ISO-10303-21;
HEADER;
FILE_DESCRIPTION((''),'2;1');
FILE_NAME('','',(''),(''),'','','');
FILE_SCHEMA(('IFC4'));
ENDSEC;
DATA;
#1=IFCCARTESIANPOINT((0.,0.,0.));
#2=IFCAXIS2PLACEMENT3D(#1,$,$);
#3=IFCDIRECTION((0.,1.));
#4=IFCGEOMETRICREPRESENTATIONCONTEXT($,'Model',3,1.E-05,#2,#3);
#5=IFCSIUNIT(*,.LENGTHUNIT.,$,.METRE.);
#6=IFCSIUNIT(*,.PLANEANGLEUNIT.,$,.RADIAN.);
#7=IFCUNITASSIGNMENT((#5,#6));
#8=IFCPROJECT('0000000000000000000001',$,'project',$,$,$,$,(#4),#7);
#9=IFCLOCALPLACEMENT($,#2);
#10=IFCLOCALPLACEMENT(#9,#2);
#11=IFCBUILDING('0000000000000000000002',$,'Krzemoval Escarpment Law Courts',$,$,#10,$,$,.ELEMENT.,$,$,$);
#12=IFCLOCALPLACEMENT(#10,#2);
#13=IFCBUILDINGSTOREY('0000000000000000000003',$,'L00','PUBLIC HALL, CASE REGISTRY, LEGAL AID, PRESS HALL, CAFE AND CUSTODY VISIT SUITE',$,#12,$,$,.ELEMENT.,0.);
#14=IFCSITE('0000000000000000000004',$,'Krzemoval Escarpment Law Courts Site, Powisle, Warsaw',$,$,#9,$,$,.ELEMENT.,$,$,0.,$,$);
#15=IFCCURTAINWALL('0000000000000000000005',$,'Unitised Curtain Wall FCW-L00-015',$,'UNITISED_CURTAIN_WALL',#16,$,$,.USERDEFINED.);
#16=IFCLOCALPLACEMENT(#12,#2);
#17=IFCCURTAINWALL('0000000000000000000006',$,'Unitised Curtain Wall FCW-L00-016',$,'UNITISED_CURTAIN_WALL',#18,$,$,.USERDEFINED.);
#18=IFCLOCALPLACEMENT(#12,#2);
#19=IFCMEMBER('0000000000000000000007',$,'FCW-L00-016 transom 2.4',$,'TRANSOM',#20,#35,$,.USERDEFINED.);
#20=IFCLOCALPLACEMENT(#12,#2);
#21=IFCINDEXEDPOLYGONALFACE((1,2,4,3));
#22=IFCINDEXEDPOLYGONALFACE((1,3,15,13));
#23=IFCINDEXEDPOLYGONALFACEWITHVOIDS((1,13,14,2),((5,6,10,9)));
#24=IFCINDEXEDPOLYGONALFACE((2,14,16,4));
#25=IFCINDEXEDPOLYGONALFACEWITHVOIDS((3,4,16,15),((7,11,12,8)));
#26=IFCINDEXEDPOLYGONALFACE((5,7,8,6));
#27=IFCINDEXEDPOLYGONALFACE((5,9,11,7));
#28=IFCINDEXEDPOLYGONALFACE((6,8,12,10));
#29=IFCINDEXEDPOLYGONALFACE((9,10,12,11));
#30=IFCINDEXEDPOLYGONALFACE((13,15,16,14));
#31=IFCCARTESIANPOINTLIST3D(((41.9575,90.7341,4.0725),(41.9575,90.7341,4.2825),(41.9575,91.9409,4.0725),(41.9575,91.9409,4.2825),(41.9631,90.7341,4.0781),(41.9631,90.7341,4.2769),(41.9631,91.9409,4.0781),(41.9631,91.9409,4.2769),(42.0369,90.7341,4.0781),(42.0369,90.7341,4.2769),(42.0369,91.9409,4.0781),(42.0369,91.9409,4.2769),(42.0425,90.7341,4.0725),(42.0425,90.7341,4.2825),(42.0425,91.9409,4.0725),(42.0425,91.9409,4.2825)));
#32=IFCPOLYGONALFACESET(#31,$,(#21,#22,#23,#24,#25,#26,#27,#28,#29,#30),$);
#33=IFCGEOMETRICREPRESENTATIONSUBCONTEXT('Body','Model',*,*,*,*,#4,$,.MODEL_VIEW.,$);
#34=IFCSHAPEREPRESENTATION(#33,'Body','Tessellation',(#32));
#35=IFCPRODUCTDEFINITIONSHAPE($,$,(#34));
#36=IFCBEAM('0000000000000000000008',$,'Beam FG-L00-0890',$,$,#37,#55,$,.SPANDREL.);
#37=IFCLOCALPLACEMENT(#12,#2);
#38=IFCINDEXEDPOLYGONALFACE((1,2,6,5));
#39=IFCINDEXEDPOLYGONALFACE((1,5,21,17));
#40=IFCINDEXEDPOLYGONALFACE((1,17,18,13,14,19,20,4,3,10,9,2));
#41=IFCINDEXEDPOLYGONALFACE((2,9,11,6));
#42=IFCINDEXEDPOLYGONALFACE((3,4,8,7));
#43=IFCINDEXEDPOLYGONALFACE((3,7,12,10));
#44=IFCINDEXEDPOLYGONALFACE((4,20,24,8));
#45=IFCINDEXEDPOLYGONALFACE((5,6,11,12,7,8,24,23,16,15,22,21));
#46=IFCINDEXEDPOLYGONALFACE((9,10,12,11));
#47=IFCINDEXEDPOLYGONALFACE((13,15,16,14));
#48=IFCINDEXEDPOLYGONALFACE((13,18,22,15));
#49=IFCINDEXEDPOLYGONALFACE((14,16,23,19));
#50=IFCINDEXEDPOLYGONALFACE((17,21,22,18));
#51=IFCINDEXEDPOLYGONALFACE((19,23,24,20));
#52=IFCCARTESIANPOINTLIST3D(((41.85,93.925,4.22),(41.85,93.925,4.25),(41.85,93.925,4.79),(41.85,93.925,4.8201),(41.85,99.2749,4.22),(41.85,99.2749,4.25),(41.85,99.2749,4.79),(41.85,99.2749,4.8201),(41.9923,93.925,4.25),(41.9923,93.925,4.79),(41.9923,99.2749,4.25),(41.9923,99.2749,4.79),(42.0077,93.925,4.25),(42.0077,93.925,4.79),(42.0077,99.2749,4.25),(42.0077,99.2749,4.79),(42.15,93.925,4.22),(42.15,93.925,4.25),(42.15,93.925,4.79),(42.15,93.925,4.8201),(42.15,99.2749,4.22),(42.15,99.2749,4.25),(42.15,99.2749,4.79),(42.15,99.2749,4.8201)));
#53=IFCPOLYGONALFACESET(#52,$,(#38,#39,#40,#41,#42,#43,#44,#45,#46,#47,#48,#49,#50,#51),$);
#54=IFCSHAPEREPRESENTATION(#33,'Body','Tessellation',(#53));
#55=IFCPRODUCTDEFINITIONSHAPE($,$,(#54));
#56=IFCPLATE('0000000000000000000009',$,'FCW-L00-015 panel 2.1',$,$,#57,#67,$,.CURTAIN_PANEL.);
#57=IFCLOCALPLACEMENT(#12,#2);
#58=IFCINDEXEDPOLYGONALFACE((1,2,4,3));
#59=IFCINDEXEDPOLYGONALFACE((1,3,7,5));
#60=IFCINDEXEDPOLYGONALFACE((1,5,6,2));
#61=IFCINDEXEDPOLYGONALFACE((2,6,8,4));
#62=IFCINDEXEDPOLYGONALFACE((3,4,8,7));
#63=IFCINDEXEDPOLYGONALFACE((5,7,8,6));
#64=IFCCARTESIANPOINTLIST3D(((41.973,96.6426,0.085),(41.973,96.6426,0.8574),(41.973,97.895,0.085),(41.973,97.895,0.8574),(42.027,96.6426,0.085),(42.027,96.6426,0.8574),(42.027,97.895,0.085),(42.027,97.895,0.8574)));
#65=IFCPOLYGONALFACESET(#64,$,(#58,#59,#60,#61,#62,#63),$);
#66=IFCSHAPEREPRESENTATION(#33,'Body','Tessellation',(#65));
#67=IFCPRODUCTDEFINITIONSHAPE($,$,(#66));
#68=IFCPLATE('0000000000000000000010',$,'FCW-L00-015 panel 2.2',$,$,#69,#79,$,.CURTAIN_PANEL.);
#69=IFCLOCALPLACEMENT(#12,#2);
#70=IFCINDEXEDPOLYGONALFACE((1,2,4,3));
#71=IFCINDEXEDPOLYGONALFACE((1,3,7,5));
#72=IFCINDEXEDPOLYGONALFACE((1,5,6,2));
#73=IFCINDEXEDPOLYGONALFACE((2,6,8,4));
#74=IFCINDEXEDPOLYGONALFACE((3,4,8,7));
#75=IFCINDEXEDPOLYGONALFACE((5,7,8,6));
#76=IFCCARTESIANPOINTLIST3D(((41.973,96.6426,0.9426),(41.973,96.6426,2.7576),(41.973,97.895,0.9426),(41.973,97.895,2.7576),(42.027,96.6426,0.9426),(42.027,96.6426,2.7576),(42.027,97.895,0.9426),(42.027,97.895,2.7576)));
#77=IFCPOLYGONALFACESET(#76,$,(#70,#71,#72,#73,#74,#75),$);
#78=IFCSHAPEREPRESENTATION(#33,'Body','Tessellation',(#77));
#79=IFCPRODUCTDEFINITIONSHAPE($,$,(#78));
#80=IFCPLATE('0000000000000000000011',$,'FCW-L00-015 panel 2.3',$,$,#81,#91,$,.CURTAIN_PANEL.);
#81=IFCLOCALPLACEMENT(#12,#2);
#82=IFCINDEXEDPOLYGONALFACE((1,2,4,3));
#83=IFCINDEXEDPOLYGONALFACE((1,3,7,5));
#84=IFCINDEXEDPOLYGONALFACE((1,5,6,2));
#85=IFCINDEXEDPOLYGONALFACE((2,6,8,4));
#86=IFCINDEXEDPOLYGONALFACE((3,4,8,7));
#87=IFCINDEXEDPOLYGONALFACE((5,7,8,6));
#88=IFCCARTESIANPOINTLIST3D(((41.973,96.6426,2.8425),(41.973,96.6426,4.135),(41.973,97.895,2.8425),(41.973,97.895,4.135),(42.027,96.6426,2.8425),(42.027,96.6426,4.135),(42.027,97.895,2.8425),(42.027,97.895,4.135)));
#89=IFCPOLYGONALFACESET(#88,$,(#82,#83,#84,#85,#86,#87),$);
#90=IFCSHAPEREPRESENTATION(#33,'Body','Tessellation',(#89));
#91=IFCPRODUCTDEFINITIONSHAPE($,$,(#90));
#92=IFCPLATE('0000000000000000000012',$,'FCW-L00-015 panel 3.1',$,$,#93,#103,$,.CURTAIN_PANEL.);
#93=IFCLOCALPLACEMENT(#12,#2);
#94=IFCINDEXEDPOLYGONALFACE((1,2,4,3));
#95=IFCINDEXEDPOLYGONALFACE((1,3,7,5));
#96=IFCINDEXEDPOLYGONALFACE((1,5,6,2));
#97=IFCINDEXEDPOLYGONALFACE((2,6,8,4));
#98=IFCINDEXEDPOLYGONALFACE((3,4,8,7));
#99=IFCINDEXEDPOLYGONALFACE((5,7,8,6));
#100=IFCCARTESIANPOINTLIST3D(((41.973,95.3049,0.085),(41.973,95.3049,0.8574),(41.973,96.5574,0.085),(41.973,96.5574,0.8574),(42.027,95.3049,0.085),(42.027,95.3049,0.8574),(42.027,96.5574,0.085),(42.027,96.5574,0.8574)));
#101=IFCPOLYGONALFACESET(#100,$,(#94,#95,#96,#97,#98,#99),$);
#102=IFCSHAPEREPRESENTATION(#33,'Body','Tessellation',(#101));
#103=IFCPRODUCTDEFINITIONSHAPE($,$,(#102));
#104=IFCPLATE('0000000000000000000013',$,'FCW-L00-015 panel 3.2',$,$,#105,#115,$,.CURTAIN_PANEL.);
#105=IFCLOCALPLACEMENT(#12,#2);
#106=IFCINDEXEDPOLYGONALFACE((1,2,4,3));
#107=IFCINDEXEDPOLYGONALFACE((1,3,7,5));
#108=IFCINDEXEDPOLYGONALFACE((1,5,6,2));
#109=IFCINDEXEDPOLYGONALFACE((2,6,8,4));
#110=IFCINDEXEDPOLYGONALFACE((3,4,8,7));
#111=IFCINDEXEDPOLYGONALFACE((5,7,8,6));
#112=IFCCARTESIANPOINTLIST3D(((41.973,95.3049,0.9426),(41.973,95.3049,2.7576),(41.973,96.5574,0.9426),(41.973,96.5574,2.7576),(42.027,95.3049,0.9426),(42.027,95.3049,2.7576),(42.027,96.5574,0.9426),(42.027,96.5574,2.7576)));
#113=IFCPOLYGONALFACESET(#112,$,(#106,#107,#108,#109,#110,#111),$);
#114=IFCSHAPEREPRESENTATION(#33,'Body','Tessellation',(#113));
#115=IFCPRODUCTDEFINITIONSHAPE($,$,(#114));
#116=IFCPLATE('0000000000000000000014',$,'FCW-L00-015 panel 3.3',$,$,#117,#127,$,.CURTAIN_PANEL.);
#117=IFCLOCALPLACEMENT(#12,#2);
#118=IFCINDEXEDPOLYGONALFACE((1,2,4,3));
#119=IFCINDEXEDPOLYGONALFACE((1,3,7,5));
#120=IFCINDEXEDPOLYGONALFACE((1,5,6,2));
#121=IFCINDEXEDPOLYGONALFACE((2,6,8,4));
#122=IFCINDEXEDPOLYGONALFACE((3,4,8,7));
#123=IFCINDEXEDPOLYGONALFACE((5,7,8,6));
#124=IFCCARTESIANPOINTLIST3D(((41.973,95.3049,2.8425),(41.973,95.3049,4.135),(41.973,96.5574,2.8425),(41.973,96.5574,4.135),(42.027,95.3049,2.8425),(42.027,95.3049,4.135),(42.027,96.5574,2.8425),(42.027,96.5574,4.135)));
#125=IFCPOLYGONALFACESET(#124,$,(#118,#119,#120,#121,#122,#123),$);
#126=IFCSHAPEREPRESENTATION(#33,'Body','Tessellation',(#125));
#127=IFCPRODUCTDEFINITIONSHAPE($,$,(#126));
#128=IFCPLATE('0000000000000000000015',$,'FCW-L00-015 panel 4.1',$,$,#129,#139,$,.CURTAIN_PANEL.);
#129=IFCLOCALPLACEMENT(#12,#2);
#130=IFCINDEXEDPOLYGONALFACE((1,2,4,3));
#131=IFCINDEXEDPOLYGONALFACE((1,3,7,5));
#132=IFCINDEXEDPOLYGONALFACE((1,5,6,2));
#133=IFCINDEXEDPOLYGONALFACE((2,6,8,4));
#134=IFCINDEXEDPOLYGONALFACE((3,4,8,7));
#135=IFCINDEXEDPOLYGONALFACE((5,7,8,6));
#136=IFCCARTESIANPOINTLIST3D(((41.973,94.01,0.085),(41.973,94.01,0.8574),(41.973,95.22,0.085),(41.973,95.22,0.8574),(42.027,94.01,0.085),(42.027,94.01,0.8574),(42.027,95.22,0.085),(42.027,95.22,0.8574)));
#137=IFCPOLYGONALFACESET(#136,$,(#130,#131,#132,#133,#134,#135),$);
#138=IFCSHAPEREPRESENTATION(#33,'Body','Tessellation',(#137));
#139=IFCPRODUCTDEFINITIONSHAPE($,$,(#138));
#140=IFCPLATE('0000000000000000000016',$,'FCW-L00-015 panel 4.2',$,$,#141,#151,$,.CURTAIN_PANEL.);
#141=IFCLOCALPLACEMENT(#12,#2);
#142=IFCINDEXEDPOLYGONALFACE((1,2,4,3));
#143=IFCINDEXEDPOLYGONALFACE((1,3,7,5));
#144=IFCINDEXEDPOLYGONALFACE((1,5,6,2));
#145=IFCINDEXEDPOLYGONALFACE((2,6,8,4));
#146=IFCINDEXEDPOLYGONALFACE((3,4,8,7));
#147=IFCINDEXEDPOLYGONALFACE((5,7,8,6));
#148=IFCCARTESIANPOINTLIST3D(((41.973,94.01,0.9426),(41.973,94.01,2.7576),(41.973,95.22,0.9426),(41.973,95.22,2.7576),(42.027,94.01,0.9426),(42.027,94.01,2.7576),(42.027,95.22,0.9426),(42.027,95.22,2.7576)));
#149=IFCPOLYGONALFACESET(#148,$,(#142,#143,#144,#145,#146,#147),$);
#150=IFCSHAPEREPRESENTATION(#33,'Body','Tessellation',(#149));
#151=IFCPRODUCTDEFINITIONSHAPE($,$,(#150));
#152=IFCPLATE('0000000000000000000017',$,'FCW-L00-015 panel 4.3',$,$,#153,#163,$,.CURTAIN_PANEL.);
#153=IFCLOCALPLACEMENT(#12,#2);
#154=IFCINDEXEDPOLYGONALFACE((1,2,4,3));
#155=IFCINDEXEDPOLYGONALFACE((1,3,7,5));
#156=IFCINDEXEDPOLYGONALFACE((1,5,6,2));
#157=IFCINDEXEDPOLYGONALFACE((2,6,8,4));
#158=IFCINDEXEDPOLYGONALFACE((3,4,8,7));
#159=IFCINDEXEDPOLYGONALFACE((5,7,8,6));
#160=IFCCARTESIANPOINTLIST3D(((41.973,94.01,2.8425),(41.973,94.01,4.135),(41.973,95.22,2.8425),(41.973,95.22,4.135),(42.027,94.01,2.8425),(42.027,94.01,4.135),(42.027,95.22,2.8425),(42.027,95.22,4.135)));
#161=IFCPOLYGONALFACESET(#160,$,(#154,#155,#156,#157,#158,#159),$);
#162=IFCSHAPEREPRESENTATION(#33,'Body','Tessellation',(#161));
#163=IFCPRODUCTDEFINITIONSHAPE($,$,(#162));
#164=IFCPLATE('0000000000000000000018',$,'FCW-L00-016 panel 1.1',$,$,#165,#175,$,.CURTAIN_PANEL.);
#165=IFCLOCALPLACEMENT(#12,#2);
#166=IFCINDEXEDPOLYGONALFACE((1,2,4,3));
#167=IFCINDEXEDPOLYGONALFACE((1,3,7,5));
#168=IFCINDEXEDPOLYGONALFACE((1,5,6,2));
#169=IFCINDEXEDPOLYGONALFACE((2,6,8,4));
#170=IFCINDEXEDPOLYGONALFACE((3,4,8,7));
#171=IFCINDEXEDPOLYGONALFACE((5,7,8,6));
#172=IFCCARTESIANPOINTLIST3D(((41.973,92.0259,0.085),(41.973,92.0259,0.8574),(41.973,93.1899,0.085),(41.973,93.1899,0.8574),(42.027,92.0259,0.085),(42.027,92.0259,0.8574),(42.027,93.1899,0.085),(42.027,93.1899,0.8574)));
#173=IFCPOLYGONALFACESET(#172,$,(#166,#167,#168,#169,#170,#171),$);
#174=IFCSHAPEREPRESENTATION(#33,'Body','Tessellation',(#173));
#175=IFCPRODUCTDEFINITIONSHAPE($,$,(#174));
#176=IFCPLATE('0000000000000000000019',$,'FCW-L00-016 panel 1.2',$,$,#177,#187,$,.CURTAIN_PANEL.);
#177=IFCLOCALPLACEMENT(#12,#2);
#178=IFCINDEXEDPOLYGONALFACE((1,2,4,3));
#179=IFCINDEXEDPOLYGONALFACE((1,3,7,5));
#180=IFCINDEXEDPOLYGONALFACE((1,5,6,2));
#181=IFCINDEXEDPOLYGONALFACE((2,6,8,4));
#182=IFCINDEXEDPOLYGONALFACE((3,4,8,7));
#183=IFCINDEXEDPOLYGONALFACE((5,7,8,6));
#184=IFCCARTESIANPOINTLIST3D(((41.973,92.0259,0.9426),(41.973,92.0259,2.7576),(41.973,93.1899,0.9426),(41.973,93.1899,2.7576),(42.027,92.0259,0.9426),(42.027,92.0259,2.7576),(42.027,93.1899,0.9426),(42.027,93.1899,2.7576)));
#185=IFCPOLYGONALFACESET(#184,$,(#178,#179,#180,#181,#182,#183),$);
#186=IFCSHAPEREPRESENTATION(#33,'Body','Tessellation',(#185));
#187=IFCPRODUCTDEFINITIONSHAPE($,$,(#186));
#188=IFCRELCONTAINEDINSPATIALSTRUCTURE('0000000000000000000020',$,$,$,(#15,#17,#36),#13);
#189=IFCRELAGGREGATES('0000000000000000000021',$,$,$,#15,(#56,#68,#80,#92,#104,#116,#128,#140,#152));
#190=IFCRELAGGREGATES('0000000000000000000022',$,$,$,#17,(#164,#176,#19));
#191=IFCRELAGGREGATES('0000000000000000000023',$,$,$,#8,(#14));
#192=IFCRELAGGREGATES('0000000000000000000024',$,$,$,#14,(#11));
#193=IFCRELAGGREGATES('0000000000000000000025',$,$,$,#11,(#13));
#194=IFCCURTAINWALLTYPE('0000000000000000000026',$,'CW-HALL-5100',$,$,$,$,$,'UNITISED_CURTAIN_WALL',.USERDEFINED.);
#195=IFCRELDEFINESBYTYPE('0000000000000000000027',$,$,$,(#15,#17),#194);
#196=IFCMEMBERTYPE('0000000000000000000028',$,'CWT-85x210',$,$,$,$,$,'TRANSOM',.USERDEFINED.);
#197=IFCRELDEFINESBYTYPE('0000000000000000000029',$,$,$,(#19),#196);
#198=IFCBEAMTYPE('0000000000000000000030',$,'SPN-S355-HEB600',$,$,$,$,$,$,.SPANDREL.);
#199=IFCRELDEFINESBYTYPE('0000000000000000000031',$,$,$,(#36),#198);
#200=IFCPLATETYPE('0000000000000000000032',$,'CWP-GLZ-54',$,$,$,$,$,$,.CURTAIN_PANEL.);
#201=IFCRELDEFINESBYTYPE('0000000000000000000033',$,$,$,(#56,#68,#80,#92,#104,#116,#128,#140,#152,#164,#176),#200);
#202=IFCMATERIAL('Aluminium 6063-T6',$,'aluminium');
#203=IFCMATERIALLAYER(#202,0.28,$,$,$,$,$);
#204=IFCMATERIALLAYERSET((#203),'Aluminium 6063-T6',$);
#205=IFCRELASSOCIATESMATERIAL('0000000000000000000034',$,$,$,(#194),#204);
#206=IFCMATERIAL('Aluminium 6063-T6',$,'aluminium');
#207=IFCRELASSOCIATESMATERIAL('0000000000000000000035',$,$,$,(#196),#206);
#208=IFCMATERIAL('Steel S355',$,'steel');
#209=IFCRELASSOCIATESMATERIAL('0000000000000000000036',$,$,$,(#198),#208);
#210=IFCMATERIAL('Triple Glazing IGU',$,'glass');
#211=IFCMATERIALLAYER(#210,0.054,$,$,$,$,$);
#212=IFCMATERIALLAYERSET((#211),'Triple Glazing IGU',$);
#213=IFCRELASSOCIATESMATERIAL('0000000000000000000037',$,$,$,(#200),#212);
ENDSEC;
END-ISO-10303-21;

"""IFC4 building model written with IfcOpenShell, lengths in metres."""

from ifc_helpers import new_model, si_unit, direction, frame, origin, origin_2d, place, context, subcontext, project, spatial, rectangle, hollow_rectangle, i_section, extrude, material, layer, layer_set, material_profile, profile_set, type_object, element, aggregate, save


model = new_model("IFC4")

# Units and contexts
model_context = context("Model", 3, precision=1e-05, world=origin(), true_north=direction((0.0, 1.0)))
body_context = subcontext(model_context, "Body", "Model", "MODEL_VIEW")
ifc_project = project(units=[si_unit("LENGTHUNIT", "METRE"), si_unit("PLANEANGLEUNIT", "RADIAN")], contexts=[model_context])

# Site, building, storey
site_placement = place(None, origin())
site = spatial("IfcSite", under=ifc_project, at=site_placement, Name="Krzemoval Escarpment Law Courts Site, Powisle, Warsaw", CompositionType="ELEMENT", RefElevation=0.0)
building_placement = place(site_placement, origin())
building = spatial("IfcBuilding", under=site, at=building_placement, Name="Krzemoval Escarpment Law Courts", CompositionType="ELEMENT")
storey_placement = place(building_placement, origin())
storey = spatial("IfcBuildingStorey", under=building, at=storey_placement, Name="L00", Description="PUBLIC HALL, CASE REGISTRY, LEGAL AID, PRESS HALL, CAFE AND CUSTODY VISIT SUITE", CompositionType="ELEMENT", Elevation=0.0)

# Curtain walls
ifc_material_1 = material(Name="Aluminium 6063-T6", Category="aluminium")
ifc_layer_1 = layer(ifc_material_1, 0.28)
ifc_layer_set_1 = layer_set([ifc_layer_1], Name="Aluminium 6063-T6")
curtain_wall_type = type_object("IfcCurtainWallType", Name="CW-HALL-5100", ElementType="UNITISED_CURTAIN_WALL", PredefinedType="USERDEFINED", material=ifc_layer_set_1)
curtain_wall_1_placement = place(storey_placement, origin())
curtain_wall_1 = element("IfcCurtainWall", 1, at=curtain_wall_1_placement, inside=storey, type_object=curtain_wall_type, Name="Unitised Curtain Wall FCW-L00-015", ObjectType="UNITISED_CURTAIN_WALL", PredefinedType="USERDEFINED")
curtain_wall_2_placement = place(storey_placement, origin())
curtain_wall_2 = element("IfcCurtainWall", 2, at=curtain_wall_2_placement, inside=storey, type_object=curtain_wall_type, Name="Unitised Curtain Wall FCW-L00-016", ObjectType="UNITISED_CURTAIN_WALL", PredefinedType="USERDEFINED")

# Member
ifc_material_2 = material(Name="Aluminium 6063-T6", Category="aluminium")
ifc_material_profile_1 = material_profile(ifc_material_2, hollow_rectangle(XDim=0.085, YDim=0.21, WallThickness=0.0056, at=origin_2d()), Name="ALU T85x210")
ifc_profile_set_1 = profile_set([ifc_material_profile_1], Name="Aluminium 6063-T6")
member_type_1 = type_object("IfcMemberType", Name="CWT-85x210", ElementType="TRANSOM", PredefinedType="USERDEFINED", material=ifc_profile_set_1)
member_1_placement = place(storey_placement, frame((42.0, 91.9409, 4.1775), z_axis=(0.0, -1.0, 0.0), x_axis=(1.0, 0.0, 0.0)))
member_1 = element("IfcMember", 3, at=member_1_placement, type_object=member_type_1, Name="FCW-L00-016 transom 2.4", ObjectType="TRANSOM", PredefinedType="USERDEFINED", context=body_context, shape_type="SweptSolid", body=[
    extrude(hollow_rectangle(XDim=0.085, YDim=0.21, WallThickness=0.0056, at=origin_2d()), origin(), (0.0, 0.0, 1.0), 1.2068),
])

# Beam
ifc_material_3 = material(Name="Steel S355", Category="steel")
ifc_material_profile_2 = material_profile(ifc_material_3, i_section(OverallWidth=0.3, OverallDepth=0.6001, WebThickness=0.0154, FlangeThickness=0.03, at=origin_2d()), Name="HEB 600")
ifc_profile_set_2 = profile_set([ifc_material_profile_2], Name="Steel S355")
beam_type = type_object("IfcBeamType", Name="SPN-S355-HEB600", PredefinedType="SPANDREL", material=ifc_profile_set_2)
beam_placement = place(storey_placement, frame((42.0, 93.925, 4.52), z_axis=(0.0, 1.0, 0.0), x_axis=(-1.0, 0.0, 0.0)))
element("IfcBeam", 4, at=beam_placement, inside=storey, type_object=beam_type, Name="Beam FG-L00-0890", PredefinedType="SPANDREL", context=body_context, shape_type="SweptSolid", body=[
    extrude(i_section(OverallWidth=0.3, OverallDepth=0.6001, WebThickness=0.0154, FlangeThickness=0.03, at=origin_2d()), origin(), (0.0, 0.0, 1.0), 5.3499),
])

# Plates
ifc_material_4 = material(Name="Triple Glazing IGU", Category="glass")
ifc_layer_2 = layer(ifc_material_4, 0.054)
ifc_layer_set_2 = layer_set([ifc_layer_2], Name="Triple Glazing IGU")
plate_type = type_object("IfcPlateType", Name="CWP-GLZ-54", PredefinedType="CURTAIN_PANEL", material=ifc_layer_set_2)
plate_1_placement = place(storey_placement, frame((42.0, 97.2688, 0.085), z_axis=(0.0, 0.0, 1.0), x_axis=(0.0, -1.0, 0.0)))
plate_1 = element("IfcPlate", 5, at=plate_1_placement, type_object=plate_type, Name="FCW-L00-015 panel 2.1", PredefinedType="CURTAIN_PANEL", context=body_context, shape_type="SweptSolid", body=[
    extrude(rectangle(XDim=1.2524, YDim=0.054, at=origin_2d()), origin(), (0.0, 0.0, 1.0), 0.7725),
])
plate_2_placement = place(storey_placement, frame((42.0, 97.2688, 0.9426), z_axis=(0.0, 0.0, 1.0), x_axis=(0.0, -1.0, 0.0)))
plate_2 = element("IfcPlate", 6, at=plate_2_placement, type_object=plate_type, Name="FCW-L00-015 panel 2.2", PredefinedType="CURTAIN_PANEL", context=body_context, shape_type="SweptSolid", body=[
    extrude(rectangle(XDim=1.2524, YDim=0.054, at=origin_2d()), origin(), (0.0, 0.0, 1.0), 1.8149),
])
plate_3_placement = place(storey_placement, frame((42.0, 97.2688, 2.8425), z_axis=(0.0, 0.0, 1.0), x_axis=(0.0, -1.0, 0.0)))
plate_3 = element("IfcPlate", 7, at=plate_3_placement, type_object=plate_type, Name="FCW-L00-015 panel 2.3", PredefinedType="CURTAIN_PANEL", context=body_context, shape_type="SweptSolid", body=[
    extrude(rectangle(XDim=1.2524, YDim=0.054, at=origin_2d()), origin(), (0.0, 0.0, 1.0), 1.2925),
])
plate_4_placement = place(storey_placement, frame((42.0, 95.9312, 0.085), z_axis=(0.0, 0.0, 1.0), x_axis=(0.0, -1.0, 0.0)))
plate_4 = element("IfcPlate", 8, at=plate_4_placement, type_object=plate_type, Name="FCW-L00-015 panel 3.1", PredefinedType="CURTAIN_PANEL", context=body_context, shape_type="SweptSolid", body=[
    extrude(rectangle(XDim=1.2524, YDim=0.054, at=origin_2d()), origin(), (0.0, 0.0, 1.0), 0.7725),
])
plate_5_placement = place(storey_placement, frame((42.0, 95.9312, 0.9426), z_axis=(0.0, 0.0, 1.0), x_axis=(0.0, -1.0, 0.0)))
plate_5 = element("IfcPlate", 9, at=plate_5_placement, type_object=plate_type, Name="FCW-L00-015 panel 3.2", PredefinedType="CURTAIN_PANEL", context=body_context, shape_type="SweptSolid", body=[
    extrude(rectangle(XDim=1.2524, YDim=0.054, at=origin_2d()), origin(), (0.0, 0.0, 1.0), 1.8149),
])
plate_6_placement = place(storey_placement, frame((42.0, 95.9312, 2.8425), z_axis=(0.0, 0.0, 1.0), x_axis=(0.0, -1.0, 0.0)))
plate_6 = element("IfcPlate", 10, at=plate_6_placement, type_object=plate_type, Name="FCW-L00-015 panel 3.3", PredefinedType="CURTAIN_PANEL", context=body_context, shape_type="SweptSolid", body=[
    extrude(rectangle(XDim=1.2524, YDim=0.054, at=origin_2d()), origin(), (0.0, 0.0, 1.0), 1.2925),
])
plate_7_placement = place(storey_placement, frame((42.0, 94.615, 0.085), z_axis=(0.0, 0.0, 1.0), x_axis=(0.0, -1.0, 0.0)))
plate_7 = element("IfcPlate", 11, at=plate_7_placement, type_object=plate_type, Name="FCW-L00-015 panel 4.1", PredefinedType="CURTAIN_PANEL", context=body_context, shape_type="SweptSolid", body=[
    extrude(rectangle(XDim=1.21, YDim=0.054, at=origin_2d()), origin(), (0.0, 0.0, 1.0), 0.7725),
])
plate_8_placement = place(storey_placement, frame((42.0, 94.615, 0.9426), z_axis=(0.0, 0.0, 1.0), x_axis=(0.0, -1.0, 0.0)))
plate_8 = element("IfcPlate", 12, at=plate_8_placement, type_object=plate_type, Name="FCW-L00-015 panel 4.2", PredefinedType="CURTAIN_PANEL", context=body_context, shape_type="SweptSolid", body=[
    extrude(rectangle(XDim=1.21, YDim=0.054, at=origin_2d()), origin(), (0.0, 0.0, 1.0), 1.8149),
])
plate_9_placement = place(storey_placement, frame((42.0, 94.615, 2.8425), z_axis=(0.0, 0.0, 1.0), x_axis=(0.0, -1.0, 0.0)))
plate_9 = element("IfcPlate", 13, at=plate_9_placement, type_object=plate_type, Name="FCW-L00-015 panel 4.3", PredefinedType="CURTAIN_PANEL", context=body_context, shape_type="SweptSolid", body=[
    extrude(rectangle(XDim=1.21, YDim=0.054, at=origin_2d()), origin(), (0.0, 0.0, 1.0), 1.2925),
])
aggregate(curtain_wall_1, [plate_1, plate_2, plate_3, plate_4, plate_5, plate_6, plate_7, plate_8, plate_9])
plate_10_placement = place(storey_placement, frame((42.0, 92.6079, 0.085), z_axis=(0.0, 0.0, 1.0), x_axis=(0.0, -1.0, 0.0)))
plate_10 = element("IfcPlate", 14, at=plate_10_placement, type_object=plate_type, Name="FCW-L00-016 panel 1.1", PredefinedType="CURTAIN_PANEL", context=body_context, shape_type="SweptSolid", body=[
    extrude(rectangle(XDim=1.1641, YDim=0.054, at=origin_2d()), origin(), (0.0, 0.0, 1.0), 0.7725),
])
plate_11_placement = place(storey_placement, frame((42.0, 92.6079, 0.9426), z_axis=(0.0, 0.0, 1.0), x_axis=(0.0, -1.0, 0.0)))
plate_11 = element("IfcPlate", 15, at=plate_11_placement, type_object=plate_type, Name="FCW-L00-016 panel 1.2", PredefinedType="CURTAIN_PANEL", context=body_context, shape_type="SweptSolid", body=[
    extrude(rectangle(XDim=1.1641, YDim=0.054, at=origin_2d()), origin(), (0.0, 0.0, 1.0), 1.8149),
])
aggregate(curtain_wall_2, [plate_10, plate_11, member_1])

save(model, "model.ifc")
